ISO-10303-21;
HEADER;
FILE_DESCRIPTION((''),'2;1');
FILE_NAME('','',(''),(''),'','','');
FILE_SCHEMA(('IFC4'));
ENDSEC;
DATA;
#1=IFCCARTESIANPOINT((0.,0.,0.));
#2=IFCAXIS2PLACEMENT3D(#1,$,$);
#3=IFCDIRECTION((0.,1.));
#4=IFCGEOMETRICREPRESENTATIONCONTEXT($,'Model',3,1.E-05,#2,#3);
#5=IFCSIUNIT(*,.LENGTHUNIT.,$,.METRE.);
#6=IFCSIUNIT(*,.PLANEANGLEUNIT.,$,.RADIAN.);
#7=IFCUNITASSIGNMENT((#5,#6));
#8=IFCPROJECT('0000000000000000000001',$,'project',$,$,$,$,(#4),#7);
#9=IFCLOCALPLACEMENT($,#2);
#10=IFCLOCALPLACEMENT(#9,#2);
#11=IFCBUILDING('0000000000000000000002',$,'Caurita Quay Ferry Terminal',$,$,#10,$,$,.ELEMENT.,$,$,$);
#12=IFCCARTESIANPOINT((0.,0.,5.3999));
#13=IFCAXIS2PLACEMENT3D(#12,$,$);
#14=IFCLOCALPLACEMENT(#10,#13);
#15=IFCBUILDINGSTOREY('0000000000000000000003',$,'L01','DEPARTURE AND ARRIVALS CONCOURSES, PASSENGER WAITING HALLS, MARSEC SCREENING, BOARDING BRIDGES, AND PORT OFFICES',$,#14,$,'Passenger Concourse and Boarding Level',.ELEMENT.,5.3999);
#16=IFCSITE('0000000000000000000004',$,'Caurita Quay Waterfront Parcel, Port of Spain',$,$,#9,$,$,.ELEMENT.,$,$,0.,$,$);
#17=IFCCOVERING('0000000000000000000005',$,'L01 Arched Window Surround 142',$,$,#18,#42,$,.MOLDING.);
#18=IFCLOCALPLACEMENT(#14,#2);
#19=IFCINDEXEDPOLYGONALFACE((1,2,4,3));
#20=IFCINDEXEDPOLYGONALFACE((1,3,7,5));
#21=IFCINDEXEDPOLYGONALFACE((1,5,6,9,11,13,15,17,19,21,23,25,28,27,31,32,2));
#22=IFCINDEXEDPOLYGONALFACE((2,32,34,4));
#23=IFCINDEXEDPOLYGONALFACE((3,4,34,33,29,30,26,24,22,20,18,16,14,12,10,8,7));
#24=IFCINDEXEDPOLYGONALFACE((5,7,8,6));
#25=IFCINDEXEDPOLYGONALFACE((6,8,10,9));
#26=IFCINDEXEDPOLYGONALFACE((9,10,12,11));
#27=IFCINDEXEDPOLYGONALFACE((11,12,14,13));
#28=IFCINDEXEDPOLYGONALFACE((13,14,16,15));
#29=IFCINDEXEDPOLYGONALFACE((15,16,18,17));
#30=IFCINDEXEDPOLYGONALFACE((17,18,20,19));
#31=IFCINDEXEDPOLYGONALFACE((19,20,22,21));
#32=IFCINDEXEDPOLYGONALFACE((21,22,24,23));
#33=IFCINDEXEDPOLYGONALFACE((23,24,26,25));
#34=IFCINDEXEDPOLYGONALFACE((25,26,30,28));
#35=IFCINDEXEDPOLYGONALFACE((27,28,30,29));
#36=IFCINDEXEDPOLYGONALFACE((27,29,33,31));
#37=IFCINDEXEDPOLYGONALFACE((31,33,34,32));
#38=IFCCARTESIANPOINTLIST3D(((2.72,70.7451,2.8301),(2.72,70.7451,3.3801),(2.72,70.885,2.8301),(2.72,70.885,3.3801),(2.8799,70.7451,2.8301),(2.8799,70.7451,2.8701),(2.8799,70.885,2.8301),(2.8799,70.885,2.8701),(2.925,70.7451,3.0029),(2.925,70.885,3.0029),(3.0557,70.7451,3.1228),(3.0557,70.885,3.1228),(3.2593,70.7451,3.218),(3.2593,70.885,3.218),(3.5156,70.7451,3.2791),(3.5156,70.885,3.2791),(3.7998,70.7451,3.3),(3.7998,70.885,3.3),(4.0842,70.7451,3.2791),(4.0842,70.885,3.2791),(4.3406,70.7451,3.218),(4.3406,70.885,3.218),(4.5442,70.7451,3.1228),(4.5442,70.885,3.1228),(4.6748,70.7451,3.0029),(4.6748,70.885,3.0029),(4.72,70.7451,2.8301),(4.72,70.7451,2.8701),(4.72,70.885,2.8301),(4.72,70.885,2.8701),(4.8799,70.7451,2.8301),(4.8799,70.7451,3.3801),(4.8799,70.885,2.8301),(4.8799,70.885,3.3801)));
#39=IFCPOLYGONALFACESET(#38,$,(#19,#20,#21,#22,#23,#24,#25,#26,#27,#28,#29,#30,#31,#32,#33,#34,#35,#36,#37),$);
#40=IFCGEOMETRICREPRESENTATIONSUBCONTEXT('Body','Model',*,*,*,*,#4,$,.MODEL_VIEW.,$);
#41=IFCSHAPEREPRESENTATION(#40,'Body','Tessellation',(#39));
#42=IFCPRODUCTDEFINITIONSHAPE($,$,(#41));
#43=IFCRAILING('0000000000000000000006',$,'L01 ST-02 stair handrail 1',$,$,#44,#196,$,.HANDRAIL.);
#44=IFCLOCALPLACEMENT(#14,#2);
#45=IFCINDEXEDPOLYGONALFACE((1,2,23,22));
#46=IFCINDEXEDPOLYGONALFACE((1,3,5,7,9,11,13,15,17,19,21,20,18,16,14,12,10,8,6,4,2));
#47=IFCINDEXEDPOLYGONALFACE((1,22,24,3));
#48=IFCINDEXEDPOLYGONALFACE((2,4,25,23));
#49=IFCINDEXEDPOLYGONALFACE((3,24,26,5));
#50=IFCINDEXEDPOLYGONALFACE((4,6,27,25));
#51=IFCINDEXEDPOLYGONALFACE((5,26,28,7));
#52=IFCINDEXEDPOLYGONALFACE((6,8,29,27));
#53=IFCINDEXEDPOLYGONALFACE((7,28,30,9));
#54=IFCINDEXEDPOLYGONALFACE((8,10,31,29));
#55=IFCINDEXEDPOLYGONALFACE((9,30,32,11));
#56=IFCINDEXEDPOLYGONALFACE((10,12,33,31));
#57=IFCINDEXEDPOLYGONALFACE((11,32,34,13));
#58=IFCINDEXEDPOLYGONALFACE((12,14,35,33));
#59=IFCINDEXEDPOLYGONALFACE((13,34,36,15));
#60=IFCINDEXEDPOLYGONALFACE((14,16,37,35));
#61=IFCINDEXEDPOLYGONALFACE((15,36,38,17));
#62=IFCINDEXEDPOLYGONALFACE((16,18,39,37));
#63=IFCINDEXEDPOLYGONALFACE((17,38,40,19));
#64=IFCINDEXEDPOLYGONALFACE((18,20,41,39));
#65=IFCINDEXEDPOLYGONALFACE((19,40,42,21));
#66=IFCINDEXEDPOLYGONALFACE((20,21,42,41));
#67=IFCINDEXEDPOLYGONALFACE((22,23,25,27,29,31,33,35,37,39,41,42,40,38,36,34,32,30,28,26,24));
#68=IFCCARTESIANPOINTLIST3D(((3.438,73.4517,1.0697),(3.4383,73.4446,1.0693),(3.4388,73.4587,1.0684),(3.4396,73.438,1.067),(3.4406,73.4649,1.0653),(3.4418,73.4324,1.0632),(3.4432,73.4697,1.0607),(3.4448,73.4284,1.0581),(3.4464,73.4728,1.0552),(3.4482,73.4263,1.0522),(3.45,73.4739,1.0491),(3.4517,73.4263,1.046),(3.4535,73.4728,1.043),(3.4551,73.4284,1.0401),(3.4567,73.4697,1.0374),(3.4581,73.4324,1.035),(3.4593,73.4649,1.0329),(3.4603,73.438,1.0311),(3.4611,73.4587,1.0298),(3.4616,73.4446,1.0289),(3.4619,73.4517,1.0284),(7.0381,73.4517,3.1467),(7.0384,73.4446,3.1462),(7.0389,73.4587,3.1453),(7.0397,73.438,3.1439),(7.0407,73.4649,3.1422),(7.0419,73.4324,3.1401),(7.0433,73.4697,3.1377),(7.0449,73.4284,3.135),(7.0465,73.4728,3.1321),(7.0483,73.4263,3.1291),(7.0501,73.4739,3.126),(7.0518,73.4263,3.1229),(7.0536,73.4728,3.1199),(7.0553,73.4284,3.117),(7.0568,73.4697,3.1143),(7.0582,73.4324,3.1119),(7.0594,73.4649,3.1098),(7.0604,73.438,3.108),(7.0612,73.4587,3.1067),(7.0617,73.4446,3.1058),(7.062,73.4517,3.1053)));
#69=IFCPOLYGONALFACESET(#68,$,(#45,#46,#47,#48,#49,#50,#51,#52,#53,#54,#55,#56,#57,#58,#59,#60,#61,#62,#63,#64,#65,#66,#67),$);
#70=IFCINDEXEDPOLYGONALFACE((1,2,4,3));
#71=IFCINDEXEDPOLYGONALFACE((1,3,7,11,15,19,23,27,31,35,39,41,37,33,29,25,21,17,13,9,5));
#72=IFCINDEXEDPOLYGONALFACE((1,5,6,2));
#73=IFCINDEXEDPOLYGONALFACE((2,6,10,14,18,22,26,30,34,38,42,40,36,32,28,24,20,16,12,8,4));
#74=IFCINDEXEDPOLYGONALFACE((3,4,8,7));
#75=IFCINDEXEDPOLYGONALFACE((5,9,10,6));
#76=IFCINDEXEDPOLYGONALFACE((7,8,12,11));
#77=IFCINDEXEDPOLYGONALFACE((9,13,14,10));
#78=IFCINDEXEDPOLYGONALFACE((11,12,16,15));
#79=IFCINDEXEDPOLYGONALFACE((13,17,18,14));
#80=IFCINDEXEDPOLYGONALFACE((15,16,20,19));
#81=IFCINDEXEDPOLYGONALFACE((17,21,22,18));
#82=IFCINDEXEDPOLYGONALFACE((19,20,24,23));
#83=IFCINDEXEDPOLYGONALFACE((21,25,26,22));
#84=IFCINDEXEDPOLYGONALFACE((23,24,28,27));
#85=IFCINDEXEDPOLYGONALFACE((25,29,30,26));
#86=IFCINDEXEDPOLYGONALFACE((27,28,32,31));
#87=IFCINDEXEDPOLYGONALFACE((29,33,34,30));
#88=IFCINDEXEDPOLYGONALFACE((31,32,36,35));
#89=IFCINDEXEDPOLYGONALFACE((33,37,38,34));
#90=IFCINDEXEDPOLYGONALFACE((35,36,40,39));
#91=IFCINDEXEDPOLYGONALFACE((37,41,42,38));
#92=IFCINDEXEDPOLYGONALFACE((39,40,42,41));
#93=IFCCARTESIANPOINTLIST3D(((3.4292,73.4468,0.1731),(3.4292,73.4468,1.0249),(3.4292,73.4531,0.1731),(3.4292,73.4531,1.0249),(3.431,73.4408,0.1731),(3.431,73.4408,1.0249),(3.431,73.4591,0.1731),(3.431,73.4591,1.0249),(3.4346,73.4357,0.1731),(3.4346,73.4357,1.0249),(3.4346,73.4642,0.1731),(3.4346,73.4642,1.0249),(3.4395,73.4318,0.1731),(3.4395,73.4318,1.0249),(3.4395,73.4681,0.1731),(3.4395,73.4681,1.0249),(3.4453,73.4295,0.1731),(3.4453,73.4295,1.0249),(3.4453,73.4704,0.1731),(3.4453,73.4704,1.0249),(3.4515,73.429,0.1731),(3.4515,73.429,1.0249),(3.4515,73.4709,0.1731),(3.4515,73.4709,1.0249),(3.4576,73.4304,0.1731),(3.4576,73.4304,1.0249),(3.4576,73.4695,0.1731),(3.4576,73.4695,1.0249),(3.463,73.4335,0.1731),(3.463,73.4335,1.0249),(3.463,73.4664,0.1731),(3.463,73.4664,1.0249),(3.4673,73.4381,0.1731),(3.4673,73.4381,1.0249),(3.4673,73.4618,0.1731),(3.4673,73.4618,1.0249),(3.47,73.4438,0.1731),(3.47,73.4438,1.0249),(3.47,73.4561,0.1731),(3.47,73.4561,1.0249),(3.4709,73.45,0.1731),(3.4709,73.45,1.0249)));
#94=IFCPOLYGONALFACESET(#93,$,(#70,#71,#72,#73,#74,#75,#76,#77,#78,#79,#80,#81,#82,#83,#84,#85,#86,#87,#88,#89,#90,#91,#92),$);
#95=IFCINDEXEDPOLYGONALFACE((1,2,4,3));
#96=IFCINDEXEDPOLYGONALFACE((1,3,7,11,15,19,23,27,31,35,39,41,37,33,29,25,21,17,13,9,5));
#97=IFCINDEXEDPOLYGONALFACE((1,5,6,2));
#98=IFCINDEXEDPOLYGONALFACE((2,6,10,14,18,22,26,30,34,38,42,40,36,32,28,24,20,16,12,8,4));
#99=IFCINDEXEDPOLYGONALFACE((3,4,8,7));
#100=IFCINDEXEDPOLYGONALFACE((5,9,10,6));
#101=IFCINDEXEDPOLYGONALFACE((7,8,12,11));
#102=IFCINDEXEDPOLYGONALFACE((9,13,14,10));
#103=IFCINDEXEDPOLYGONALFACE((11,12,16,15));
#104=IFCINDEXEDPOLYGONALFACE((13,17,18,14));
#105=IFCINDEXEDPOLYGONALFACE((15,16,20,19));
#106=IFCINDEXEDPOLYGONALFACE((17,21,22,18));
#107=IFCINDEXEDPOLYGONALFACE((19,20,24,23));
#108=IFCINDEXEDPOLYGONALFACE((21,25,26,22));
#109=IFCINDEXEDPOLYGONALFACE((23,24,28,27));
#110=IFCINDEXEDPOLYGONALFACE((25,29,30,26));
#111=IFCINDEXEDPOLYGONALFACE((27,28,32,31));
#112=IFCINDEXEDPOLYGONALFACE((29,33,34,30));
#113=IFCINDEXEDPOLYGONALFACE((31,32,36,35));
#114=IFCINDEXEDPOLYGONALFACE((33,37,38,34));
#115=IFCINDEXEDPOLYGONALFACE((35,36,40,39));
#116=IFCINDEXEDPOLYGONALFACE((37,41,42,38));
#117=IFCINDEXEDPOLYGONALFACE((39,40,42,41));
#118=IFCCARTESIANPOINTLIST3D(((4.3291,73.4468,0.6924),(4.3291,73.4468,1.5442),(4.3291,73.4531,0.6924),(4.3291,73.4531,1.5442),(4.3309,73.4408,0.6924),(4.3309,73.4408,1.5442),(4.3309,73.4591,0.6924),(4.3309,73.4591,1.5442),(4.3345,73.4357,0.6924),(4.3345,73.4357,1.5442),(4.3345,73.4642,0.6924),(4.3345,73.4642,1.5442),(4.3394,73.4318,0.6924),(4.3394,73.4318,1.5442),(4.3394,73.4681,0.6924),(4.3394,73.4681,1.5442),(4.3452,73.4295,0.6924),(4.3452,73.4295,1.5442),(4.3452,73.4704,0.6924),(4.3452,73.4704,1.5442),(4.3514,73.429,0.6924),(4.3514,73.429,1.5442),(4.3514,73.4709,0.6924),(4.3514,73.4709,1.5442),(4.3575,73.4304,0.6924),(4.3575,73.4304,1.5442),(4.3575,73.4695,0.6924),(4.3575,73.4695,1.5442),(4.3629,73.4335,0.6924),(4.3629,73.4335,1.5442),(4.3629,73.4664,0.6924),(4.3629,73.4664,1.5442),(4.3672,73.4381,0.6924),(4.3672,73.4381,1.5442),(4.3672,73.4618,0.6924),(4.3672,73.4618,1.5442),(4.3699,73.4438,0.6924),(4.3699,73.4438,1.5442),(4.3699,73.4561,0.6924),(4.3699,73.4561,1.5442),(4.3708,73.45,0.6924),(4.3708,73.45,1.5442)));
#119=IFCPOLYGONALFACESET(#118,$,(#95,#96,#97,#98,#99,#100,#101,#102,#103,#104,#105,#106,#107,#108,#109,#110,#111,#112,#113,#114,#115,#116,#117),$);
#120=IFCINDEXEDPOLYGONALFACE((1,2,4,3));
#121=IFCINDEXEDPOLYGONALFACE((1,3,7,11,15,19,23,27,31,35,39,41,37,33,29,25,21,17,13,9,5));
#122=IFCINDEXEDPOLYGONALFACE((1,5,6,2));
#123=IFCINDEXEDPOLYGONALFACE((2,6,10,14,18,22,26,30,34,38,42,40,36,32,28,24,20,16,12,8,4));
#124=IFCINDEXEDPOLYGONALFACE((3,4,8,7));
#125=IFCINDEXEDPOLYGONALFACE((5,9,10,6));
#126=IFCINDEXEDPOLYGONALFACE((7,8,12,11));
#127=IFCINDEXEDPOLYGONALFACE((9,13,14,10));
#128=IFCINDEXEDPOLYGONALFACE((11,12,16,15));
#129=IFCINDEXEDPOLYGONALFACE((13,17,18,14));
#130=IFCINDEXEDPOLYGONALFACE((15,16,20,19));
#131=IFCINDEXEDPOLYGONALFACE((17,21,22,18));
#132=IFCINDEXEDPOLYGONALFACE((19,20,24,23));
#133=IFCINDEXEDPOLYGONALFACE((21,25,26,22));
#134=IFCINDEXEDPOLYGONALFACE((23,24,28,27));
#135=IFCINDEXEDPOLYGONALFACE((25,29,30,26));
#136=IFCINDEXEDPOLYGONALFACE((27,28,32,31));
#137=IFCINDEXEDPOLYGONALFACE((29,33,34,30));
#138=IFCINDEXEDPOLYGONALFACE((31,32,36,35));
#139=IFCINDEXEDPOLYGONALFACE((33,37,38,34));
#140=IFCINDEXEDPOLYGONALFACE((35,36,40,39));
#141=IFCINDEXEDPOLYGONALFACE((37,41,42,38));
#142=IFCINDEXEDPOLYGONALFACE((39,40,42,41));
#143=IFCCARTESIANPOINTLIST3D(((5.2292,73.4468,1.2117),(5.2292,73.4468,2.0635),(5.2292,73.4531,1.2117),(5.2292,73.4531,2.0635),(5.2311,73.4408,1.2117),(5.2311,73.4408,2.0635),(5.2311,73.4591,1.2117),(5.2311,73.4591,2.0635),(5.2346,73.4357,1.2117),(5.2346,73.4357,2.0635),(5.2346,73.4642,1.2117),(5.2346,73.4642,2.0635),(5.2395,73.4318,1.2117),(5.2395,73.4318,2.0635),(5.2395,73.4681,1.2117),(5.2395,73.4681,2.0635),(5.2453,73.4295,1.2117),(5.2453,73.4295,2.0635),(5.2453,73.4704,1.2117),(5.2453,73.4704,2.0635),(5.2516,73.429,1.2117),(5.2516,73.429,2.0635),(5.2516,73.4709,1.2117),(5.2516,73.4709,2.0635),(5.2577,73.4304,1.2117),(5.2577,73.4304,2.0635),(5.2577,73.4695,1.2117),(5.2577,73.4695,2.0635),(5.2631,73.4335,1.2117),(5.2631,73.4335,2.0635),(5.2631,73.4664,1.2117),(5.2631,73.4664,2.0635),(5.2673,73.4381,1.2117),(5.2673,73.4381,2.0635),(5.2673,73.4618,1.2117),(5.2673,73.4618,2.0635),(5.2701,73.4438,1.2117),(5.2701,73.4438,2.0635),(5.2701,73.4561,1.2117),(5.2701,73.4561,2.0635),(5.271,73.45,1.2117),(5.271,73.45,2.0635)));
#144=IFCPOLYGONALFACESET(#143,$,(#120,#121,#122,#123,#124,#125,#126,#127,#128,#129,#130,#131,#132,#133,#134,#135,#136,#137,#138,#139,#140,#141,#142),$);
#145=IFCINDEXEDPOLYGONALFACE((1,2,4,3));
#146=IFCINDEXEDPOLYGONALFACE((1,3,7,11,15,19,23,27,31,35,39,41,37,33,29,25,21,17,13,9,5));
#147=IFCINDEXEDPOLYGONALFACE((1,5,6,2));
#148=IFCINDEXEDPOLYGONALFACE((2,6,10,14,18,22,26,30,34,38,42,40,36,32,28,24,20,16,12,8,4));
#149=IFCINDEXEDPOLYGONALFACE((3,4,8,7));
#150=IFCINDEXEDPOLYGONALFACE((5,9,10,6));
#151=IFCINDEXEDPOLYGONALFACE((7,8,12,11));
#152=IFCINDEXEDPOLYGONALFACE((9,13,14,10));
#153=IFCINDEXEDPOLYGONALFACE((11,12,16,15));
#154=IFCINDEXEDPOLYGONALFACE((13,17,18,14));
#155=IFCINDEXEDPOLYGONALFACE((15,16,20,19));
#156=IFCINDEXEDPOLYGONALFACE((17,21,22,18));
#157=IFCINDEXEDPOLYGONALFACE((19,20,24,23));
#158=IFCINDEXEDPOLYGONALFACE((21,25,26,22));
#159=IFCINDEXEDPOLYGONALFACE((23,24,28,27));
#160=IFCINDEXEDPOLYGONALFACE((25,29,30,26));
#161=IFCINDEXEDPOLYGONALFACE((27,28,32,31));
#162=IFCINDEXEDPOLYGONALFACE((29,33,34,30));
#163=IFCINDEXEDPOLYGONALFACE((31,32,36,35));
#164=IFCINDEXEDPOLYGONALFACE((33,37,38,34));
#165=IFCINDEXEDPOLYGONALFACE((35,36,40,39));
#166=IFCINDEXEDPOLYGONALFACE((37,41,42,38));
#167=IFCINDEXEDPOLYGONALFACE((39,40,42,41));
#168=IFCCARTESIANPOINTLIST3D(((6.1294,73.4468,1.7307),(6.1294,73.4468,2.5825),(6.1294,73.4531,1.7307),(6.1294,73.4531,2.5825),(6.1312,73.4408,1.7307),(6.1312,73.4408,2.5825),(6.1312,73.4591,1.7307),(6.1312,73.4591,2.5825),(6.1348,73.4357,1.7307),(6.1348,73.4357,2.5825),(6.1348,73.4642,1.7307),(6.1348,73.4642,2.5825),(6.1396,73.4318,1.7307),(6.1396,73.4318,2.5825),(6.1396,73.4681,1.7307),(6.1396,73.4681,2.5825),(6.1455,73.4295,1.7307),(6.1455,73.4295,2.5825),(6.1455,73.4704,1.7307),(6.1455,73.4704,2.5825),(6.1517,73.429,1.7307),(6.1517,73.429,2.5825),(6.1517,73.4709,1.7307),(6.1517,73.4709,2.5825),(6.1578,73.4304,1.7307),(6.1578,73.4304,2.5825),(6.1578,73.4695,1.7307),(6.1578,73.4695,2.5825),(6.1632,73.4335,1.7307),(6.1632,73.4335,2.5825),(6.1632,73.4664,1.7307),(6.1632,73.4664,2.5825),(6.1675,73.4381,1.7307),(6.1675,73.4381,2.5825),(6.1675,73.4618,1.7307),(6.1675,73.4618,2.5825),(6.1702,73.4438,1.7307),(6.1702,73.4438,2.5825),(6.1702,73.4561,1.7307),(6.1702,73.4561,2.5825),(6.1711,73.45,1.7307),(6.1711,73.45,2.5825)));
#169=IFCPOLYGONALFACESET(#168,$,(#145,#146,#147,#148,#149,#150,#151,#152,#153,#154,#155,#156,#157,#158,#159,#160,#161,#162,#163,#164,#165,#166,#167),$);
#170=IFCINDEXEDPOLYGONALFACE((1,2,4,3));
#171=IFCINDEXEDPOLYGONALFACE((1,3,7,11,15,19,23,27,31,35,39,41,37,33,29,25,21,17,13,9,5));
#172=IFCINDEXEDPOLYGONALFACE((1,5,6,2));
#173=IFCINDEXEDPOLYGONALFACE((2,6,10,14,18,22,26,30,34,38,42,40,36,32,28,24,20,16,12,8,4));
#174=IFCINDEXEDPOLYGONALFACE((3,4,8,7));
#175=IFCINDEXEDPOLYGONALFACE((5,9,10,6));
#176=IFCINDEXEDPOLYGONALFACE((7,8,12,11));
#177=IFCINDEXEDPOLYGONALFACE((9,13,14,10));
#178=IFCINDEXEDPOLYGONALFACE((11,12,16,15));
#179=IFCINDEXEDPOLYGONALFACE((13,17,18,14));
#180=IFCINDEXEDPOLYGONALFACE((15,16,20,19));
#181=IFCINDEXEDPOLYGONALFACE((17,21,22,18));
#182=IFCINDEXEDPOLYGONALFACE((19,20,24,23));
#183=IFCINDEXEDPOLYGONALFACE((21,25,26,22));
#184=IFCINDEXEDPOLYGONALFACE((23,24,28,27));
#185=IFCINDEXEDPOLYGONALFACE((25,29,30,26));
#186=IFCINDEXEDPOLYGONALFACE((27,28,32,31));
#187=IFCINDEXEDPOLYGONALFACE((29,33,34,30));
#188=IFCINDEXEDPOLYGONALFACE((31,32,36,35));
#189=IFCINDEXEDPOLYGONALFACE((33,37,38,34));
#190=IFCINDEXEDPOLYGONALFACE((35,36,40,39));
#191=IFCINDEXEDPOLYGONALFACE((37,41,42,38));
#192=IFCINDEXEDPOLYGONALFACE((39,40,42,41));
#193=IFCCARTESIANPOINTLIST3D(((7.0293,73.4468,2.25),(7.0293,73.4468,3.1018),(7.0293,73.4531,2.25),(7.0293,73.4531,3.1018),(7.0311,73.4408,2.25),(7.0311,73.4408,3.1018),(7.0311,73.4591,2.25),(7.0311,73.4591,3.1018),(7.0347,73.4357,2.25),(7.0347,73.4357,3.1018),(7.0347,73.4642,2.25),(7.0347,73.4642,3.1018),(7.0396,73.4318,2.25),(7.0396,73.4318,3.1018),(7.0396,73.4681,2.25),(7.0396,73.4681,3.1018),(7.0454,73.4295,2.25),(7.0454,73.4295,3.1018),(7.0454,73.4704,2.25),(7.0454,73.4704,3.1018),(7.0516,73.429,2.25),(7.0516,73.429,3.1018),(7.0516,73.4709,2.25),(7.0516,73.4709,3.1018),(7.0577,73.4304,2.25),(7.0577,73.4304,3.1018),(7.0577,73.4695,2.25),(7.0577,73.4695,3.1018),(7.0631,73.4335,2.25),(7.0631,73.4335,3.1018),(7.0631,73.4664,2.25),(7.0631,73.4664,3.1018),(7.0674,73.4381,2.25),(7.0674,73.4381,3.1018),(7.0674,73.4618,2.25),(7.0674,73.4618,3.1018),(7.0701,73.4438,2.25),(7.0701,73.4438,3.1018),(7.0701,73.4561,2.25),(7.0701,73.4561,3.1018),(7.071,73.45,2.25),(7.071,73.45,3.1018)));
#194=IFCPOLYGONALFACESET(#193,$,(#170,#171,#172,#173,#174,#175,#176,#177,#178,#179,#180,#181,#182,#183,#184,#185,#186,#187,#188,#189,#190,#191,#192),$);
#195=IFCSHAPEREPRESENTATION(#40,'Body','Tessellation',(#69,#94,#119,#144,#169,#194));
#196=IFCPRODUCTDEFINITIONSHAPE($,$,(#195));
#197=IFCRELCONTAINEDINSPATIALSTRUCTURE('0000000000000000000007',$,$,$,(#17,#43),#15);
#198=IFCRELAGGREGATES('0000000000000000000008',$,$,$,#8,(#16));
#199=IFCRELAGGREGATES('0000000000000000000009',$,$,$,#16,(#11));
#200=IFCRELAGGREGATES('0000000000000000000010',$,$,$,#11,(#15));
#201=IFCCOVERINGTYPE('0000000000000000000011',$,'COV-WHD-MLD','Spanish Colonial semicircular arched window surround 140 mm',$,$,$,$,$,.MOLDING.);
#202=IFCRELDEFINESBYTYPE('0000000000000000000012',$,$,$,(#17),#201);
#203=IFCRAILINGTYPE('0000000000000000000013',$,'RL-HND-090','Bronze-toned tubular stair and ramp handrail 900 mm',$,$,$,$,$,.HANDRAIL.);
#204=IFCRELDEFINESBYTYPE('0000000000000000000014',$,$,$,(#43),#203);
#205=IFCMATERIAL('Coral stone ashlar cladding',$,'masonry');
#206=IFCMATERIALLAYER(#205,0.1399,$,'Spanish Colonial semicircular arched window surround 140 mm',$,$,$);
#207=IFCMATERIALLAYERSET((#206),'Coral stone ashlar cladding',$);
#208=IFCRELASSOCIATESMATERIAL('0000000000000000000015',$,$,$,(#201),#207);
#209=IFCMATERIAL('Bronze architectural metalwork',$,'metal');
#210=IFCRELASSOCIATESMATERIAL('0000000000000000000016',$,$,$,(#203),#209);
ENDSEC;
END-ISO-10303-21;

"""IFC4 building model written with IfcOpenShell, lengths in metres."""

from ifc_helpers import new_model, si_unit, direction, frame, origin, origin_2d, place, context, subcontext, project, spatial, polyline, circle, outline, extrude, material, layer, layer_set, type_object, element, save


model = new_model("IFC4")

# Units and contexts
model_context = context("Model", 3, precision=1e-05, world=origin(), true_north=direction((0.0, 1.0)))
body_context = subcontext(model_context, "Body", "Model", "MODEL_VIEW")
ifc_project = project(units=[si_unit("LENGTHUNIT", "METRE"), si_unit("PLANEANGLEUNIT", "RADIAN")], contexts=[model_context])

# Site, building, storey
site_placement = place(None, origin())
site = spatial("IfcSite", under=ifc_project, at=site_placement, Name="Caurita Quay Waterfront Parcel, Port of Spain", CompositionType="ELEMENT", RefElevation=0.0)
building_placement = place(site_placement, origin())
building = spatial("IfcBuilding", under=site, at=building_placement, Name="Caurita Quay Ferry Terminal", CompositionType="ELEMENT")
storey_placement = place(building_placement, frame((0.0, 0.0, 5.3999)))
storey = spatial("IfcBuildingStorey", under=building, at=storey_placement, Name="L01", Description="DEPARTURE AND ARRIVALS CONCOURSES, PASSENGER WAITING HALLS, MARSEC SCREENING, BOARDING BRIDGES, AND PORT OFFICES", LongName="Passenger Concourse and Boarding Level", CompositionType="ELEMENT", Elevation=5.3999)

# Covering
ifc_material_1 = material(Name="Coral stone ashlar cladding", Category="masonry")
ifc_layer_1 = layer(ifc_material_1, 0.1399, Name="Spanish Colonial semicircular arched window surround 140 mm")
ifc_layer_set_1 = layer_set([ifc_layer_1], Name="Coral stone ashlar cladding")
covering_type_1 = type_object("IfcCoveringType", Name="COV-WHD-MLD", Description="Spanish Colonial semicircular arched window surround 140 mm", PredefinedType="MOLDING", material=ifc_layer_set_1)
covering_1_placement = place(storey_placement, frame((4.8799, 70.8149, 2.8301), z_axis=(0.0, 0.0, 1.0), x_axis=(-1.0, 0.0, 0.0)))
element("IfcCovering", 1, at=covering_1_placement, inside=storey, type_object=covering_type_1, Name="L01 Arched Window Surround 142", PredefinedType="MOLDING", context=body_context, shape_type="SweptSolid", body=[
    extrude(outline(polyline([(0.0, 0.0), (0.1599, 0.0), (0.1599, 0.04), (0.2051, 0.1729), (0.3357, 0.2927), (0.5393, 0.3879), (0.7957, 0.449), (1.0801, 0.47), (1.3643, 0.449), (1.6206, 0.3879), (1.8242, 0.2927), (1.9548, 0.1729), (2.0, 0.04), (2.0, 0.0), (2.1599, 0.0), (2.1599, 0.55), (0.0, 0.55), (0.0, 0.0)])), frame((0.0, 0.0698, 0.0), z_axis=(0.0, -1.0, 0.0), x_axis=(1.0, 0.0, 0.0)), (0.0, 0.0, 1.0), 0.1399),
])

# Railing
ifc_material_2 = material(Name="Bronze architectural metalwork", Category="metal")
railing_type_1 = type_object("IfcRailingType", Name="RL-HND-090", Description="Bronze-toned tubular stair and ramp handrail 900 mm", PredefinedType="HANDRAIL", material=ifc_material_2)
railing_1_placement = place(storey_placement, frame((3.45, 73.45, 0.1731)))
element("IfcRailing", 2, at=railing_1_placement, inside=storey, type_object=railing_type_1, Name="L01 ST-02 stair handrail 1", PredefinedType="HANDRAIL", context=body_context, shape_type="SweptSolid", body=[
    extrude(circle(Radius=0.0239, at=origin_2d()), frame((0.0, 0.0, 0.876), z_axis=(0.866193, 0.0, 0.499709), x_axis=(0.0, 1.0, 0.0)), (0.0, 0.0, 1.0), 4.1562),
    extrude(circle(Radius=0.021, at=origin_2d()), origin(), (0.0, 0.0, 1.0), 0.8518),
    extrude(circle(Radius=0.021, at=origin_2d()), frame((0.8999, 0.0, 0.5193)), (0.0, 0.0, 1.0), 0.8518),
    extrude(circle(Radius=0.021, at=origin_2d()), frame((1.8, 0.0, 1.0386)), (0.0, 0.0, 1.0), 0.8518),
    extrude(circle(Radius=0.021, at=origin_2d()), frame((2.7002, 0.0, 1.5576)), (0.0, 0.0, 1.0), 0.8518),
    extrude(circle(Radius=0.021, at=origin_2d()), frame((3.6001, 0.0, 2.0769)), (0.0, 0.0, 1.0), 0.8518),
])

save(model, "model.ifc")
